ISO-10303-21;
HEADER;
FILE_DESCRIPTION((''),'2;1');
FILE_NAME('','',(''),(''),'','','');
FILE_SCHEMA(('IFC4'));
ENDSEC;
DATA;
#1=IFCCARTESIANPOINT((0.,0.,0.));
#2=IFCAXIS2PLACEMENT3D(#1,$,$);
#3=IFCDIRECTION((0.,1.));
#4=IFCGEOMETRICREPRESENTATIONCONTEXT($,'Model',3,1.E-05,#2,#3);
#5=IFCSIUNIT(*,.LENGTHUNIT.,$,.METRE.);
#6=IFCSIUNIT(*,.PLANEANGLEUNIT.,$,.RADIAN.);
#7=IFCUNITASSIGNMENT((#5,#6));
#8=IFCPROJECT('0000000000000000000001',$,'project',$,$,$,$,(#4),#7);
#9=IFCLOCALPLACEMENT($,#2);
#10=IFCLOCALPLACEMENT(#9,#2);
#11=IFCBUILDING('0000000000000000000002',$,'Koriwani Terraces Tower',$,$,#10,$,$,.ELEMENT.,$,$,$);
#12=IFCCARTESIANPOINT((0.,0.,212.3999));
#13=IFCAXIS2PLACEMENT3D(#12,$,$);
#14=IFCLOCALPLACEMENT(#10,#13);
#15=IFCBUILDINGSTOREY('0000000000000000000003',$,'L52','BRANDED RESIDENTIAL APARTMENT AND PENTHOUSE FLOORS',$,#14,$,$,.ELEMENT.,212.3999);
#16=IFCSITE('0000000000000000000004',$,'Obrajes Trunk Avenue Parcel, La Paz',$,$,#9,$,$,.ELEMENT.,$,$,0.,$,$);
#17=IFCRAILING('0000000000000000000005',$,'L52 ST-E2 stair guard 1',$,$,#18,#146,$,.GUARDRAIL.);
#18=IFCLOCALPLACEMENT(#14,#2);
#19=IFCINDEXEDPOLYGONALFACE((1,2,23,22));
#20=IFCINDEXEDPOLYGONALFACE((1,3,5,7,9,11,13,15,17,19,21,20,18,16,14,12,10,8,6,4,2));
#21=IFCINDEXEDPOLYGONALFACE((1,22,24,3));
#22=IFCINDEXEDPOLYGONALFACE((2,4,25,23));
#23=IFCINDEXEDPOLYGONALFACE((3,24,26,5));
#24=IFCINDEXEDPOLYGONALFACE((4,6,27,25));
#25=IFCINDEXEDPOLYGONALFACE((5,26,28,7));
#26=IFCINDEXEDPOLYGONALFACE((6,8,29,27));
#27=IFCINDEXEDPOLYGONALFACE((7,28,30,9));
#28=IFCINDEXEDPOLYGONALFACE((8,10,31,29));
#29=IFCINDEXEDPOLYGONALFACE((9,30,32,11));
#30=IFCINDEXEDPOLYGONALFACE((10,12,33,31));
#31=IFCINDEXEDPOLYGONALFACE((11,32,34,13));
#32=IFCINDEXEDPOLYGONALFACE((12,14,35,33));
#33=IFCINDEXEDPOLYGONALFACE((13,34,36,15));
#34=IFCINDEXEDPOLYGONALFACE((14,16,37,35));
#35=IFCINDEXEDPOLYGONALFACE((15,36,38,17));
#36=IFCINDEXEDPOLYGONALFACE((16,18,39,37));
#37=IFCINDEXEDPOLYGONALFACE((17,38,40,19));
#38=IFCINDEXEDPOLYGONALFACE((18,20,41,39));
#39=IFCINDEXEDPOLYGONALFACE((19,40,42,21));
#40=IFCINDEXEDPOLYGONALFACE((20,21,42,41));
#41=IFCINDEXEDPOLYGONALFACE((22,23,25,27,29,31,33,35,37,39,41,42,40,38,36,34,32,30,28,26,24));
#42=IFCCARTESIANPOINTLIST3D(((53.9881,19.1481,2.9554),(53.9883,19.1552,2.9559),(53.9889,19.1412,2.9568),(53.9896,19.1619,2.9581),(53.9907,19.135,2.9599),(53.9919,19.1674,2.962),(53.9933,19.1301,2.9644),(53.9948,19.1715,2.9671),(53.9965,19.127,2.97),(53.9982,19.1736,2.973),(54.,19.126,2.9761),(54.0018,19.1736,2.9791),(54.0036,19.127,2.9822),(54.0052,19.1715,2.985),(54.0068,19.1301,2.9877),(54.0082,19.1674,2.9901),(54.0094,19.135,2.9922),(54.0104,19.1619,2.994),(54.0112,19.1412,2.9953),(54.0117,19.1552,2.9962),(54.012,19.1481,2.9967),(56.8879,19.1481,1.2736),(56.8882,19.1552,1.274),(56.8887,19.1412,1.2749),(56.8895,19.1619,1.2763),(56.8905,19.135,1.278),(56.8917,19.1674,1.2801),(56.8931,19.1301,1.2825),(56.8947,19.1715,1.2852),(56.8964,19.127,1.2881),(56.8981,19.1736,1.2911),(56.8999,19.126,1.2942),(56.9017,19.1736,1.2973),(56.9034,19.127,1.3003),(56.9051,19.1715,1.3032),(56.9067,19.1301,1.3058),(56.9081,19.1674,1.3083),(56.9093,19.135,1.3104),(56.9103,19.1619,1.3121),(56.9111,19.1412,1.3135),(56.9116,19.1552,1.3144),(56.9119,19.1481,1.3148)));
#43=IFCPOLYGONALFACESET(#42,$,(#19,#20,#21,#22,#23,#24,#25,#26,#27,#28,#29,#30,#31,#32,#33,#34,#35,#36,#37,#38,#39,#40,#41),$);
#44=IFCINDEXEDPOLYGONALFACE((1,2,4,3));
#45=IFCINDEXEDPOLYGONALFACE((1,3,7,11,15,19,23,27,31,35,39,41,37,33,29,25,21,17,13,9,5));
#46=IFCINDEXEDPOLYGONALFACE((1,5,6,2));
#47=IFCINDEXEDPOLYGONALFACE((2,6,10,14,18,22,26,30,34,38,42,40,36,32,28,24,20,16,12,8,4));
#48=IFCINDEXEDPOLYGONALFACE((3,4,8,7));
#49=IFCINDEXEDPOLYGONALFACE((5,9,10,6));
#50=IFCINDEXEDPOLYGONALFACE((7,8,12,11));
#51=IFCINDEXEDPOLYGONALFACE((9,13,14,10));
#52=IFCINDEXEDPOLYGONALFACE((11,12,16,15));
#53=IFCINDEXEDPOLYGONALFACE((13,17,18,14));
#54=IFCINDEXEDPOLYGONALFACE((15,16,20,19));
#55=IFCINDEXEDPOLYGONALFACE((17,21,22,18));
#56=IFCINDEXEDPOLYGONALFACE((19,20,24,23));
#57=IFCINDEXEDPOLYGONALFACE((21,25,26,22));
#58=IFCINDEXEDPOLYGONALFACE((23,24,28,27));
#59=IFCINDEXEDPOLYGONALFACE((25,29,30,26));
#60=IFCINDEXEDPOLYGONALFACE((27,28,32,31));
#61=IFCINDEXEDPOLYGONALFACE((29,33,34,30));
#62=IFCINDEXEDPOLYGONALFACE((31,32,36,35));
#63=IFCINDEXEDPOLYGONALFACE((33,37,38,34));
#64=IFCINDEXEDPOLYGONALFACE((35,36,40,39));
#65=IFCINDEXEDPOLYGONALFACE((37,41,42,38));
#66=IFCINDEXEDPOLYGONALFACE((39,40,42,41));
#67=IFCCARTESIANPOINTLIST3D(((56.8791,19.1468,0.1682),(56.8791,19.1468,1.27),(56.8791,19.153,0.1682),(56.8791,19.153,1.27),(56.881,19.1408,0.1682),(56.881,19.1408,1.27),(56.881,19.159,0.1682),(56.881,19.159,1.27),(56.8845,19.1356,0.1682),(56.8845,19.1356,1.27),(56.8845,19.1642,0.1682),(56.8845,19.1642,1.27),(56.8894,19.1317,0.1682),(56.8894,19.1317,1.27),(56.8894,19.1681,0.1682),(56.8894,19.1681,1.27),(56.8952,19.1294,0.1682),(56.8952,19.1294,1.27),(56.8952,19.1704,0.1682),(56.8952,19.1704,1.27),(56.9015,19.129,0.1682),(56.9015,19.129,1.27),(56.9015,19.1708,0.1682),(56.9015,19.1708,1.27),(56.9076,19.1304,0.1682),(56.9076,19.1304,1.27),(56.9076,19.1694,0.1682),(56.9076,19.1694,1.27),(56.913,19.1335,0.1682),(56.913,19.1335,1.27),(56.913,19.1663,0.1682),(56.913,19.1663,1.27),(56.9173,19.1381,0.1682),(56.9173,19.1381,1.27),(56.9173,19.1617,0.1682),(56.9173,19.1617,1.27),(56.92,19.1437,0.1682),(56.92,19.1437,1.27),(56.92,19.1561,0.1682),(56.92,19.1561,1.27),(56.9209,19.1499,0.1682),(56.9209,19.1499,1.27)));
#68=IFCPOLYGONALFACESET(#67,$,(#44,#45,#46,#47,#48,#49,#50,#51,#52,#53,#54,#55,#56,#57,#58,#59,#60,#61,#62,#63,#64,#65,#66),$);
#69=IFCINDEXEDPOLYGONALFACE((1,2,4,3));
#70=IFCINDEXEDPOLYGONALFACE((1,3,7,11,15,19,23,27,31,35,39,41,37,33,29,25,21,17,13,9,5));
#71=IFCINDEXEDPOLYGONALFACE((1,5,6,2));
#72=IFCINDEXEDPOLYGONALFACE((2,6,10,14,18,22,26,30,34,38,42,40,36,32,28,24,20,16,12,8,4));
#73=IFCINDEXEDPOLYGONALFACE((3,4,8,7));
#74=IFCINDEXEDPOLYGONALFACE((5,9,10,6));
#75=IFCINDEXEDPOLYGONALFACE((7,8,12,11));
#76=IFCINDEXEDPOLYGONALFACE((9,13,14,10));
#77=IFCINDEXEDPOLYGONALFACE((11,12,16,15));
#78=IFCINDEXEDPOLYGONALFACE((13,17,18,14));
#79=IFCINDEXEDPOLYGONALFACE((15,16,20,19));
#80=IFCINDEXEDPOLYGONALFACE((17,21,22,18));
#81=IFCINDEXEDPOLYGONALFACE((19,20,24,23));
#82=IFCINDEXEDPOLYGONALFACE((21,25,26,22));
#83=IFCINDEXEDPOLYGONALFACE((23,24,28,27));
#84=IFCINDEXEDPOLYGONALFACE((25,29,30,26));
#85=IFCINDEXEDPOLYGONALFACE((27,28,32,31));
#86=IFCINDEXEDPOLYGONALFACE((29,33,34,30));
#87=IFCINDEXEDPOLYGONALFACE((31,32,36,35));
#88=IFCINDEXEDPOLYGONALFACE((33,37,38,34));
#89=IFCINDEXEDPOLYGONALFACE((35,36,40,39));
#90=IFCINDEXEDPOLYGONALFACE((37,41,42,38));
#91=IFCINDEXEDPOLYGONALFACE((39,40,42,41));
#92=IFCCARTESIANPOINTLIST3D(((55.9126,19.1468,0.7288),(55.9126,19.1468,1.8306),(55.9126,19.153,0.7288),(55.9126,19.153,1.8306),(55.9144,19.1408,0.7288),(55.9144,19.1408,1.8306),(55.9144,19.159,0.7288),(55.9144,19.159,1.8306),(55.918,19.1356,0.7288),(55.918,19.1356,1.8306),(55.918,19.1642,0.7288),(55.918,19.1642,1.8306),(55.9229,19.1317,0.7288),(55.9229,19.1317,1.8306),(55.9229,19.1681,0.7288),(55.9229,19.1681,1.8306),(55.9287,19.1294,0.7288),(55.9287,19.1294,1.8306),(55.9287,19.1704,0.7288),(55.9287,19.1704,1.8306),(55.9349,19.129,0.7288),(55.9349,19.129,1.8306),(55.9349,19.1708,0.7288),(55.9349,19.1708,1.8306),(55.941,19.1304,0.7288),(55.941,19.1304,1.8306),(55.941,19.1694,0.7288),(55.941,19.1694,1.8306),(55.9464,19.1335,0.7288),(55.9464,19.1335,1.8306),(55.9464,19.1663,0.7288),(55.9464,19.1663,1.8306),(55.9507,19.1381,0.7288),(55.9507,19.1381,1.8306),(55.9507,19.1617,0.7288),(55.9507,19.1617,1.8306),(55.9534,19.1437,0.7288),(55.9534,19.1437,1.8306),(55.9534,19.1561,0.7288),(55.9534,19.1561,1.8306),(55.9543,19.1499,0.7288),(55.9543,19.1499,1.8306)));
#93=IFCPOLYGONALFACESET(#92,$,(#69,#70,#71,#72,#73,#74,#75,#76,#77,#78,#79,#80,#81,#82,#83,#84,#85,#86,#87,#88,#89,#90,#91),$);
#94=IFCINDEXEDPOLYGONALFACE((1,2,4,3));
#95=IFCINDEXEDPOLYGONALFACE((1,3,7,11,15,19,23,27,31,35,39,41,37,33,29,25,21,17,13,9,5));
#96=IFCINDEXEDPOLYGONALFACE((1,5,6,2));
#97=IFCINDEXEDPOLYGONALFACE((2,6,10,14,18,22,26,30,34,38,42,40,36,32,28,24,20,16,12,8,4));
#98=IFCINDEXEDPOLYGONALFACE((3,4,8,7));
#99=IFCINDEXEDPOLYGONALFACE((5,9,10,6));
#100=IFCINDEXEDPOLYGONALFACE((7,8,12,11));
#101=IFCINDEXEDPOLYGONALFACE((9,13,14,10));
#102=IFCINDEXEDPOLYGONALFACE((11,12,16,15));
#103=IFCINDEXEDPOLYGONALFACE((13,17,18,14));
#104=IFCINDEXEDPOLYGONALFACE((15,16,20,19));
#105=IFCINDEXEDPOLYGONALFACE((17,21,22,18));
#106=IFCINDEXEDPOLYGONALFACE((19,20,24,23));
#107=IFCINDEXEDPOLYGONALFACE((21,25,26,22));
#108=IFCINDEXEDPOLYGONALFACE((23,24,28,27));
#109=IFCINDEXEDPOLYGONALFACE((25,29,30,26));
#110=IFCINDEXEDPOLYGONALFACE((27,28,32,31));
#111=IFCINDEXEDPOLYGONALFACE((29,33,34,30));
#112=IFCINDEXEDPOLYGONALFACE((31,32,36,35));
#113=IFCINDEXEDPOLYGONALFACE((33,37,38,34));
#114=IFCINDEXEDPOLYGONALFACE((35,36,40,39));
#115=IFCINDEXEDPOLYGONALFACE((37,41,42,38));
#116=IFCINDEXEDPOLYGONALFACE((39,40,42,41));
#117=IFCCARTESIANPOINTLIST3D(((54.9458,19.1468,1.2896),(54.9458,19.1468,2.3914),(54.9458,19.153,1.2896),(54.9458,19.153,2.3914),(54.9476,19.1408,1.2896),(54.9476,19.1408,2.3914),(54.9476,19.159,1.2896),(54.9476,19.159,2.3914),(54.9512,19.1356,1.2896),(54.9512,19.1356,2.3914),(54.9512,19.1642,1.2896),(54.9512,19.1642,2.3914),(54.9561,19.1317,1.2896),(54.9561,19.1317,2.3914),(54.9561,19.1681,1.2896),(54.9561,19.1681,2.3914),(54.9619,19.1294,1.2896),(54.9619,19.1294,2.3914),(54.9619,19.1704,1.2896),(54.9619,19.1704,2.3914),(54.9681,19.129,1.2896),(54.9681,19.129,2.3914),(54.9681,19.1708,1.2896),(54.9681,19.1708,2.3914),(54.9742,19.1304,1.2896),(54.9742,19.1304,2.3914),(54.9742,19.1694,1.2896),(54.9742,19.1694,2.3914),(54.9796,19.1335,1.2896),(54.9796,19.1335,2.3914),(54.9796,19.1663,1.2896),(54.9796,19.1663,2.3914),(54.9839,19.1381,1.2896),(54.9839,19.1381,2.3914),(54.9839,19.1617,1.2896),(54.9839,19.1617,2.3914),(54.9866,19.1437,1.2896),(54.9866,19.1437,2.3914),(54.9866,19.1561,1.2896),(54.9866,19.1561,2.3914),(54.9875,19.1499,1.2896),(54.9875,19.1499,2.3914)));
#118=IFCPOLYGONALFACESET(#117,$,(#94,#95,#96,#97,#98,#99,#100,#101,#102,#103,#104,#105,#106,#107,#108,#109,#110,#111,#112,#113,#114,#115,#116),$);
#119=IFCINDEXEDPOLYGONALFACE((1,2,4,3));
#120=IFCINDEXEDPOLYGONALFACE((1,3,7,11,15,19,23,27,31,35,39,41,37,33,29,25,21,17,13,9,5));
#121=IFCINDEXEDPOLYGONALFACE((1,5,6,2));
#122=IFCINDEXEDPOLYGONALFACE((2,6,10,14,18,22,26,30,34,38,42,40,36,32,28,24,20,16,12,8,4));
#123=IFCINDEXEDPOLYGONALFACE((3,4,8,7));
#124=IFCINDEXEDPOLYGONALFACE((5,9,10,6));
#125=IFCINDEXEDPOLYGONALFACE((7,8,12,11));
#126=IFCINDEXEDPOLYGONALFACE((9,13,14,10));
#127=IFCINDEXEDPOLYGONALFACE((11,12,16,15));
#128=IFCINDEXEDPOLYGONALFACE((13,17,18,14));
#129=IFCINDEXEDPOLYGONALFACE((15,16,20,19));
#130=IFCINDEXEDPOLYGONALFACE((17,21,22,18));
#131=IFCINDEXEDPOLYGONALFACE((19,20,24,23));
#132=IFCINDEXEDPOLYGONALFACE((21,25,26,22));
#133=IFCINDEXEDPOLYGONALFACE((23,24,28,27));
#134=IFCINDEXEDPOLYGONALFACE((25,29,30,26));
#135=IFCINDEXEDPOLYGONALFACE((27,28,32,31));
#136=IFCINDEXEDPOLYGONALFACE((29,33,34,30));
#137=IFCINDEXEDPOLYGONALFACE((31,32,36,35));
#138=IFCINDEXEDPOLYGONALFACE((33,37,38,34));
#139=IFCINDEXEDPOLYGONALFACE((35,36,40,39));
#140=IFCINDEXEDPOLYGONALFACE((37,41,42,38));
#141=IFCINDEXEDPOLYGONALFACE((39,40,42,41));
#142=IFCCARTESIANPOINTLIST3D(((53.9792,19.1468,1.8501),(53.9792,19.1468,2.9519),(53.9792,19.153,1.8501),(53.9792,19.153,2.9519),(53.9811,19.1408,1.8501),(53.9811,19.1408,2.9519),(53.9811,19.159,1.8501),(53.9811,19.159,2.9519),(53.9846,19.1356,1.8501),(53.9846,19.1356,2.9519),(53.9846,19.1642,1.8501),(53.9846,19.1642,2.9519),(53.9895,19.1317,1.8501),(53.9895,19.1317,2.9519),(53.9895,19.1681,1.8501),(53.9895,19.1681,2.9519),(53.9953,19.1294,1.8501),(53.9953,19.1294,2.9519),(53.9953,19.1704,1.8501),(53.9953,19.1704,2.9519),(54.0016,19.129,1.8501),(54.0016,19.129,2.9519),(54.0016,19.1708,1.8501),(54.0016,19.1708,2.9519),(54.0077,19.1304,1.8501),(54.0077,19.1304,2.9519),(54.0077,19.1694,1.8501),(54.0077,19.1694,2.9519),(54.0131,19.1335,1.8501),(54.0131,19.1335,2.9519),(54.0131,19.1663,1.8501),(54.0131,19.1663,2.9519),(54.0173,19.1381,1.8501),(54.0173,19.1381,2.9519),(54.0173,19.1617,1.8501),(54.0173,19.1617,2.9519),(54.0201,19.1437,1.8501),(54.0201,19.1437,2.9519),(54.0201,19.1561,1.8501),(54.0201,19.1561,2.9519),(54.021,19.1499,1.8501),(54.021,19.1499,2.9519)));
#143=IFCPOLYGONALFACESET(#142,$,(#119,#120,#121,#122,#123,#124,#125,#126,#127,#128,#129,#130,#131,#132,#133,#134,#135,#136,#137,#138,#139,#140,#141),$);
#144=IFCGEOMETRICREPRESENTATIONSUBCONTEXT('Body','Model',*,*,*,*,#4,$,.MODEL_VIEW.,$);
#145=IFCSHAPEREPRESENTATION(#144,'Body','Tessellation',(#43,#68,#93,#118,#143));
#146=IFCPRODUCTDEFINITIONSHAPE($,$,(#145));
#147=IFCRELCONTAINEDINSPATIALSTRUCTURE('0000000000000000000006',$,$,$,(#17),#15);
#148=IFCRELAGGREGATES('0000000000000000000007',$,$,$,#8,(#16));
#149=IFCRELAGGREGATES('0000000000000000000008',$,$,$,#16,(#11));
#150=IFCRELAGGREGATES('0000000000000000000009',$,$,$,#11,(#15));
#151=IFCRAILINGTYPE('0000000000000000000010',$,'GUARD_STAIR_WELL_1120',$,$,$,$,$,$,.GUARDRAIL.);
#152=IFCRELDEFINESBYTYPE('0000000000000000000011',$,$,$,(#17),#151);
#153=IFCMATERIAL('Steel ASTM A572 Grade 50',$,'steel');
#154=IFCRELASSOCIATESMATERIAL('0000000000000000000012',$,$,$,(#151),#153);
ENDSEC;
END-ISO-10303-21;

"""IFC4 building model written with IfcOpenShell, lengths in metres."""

from ifc_helpers import new_model, si_unit, direction, frame, origin, origin_2d, place, context, subcontext, project, spatial, circle, extrude, material, type_object, element, save


model = new_model("IFC4")

# Units and contexts
model_context = context("Model", 3, precision=1e-05, world=origin(), true_north=direction((0.0, 1.0)))
body_context = subcontext(model_context, "Body", "Model", "MODEL_VIEW")
ifc_project = project(units=[si_unit("LENGTHUNIT", "METRE"), si_unit("PLANEANGLEUNIT", "RADIAN")], contexts=[model_context])

# Site, building, storey
site_placement = place(None, origin())
site = spatial("IfcSite", under=ifc_project, at=site_placement, Name="Obrajes Trunk Avenue Parcel, La Paz", CompositionType="ELEMENT", RefElevation=0.0)
building_placement = place(site_placement, origin())
building = spatial("IfcBuilding", under=site, at=building_placement, Name="Koriwani Terraces Tower", CompositionType="ELEMENT")
storey_placement = place(building_placement, frame((0.0, 0.0, 212.3999)))
storey = spatial("IfcBuildingStorey", under=building, at=storey_placement, Name="L52", Description="BRANDED RESIDENTIAL APARTMENT AND PENTHOUSE FLOORS", CompositionType="ELEMENT", Elevation=212.3999)

# Shared definitions
ifc_material_1 = material(Name="Steel ASTM A572 Grade 50", Category="steel")

# Railing
railing_type_1 = type_object("IfcRailingType", Name="GUARD_STAIR_WELL_1120", PredefinedType="GUARDRAIL", material=ifc_material_1)
railing_1_placement = place(storey_placement, frame((56.8999, 19.1499, 0.1682)))
element("IfcRailing", 1, at=railing_1_placement, inside=storey, type_object=railing_type_1, Name="L52 ST-E2 stair guard 1", PredefinedType="GUARDRAIL", context=body_context, shape_type="SweptSolid", body=[
    extrude(circle(Radius=0.0239, at=origin_2d()), frame((0.0, 0.0, 1.126), z_axis=(-0.865039, 0.0, 0.501705), x_axis=(0.0, -1.0, 0.0)), (0.0, 0.0, 1.0), 3.3523),
    extrude(circle(Radius=0.021, at=origin_2d()), origin(), (0.0, 0.0, 1.0), 1.1018),
    extrude(circle(Radius=0.021, at=origin_2d()), frame((-0.9666, 0.0, 0.5605)), (0.0, 0.0, 1.0), 1.1018),
    extrude(circle(Radius=0.021, at=origin_2d()), frame((-1.9333, 0.0, 1.1213)), (0.0, 0.0, 1.0), 1.1018),
    extrude(circle(Radius=0.021, at=origin_2d()), frame((-2.8999, 0.0, 1.6819)), (0.0, 0.0, 1.0), 1.1018),
])

save(model, "model.ifc")
